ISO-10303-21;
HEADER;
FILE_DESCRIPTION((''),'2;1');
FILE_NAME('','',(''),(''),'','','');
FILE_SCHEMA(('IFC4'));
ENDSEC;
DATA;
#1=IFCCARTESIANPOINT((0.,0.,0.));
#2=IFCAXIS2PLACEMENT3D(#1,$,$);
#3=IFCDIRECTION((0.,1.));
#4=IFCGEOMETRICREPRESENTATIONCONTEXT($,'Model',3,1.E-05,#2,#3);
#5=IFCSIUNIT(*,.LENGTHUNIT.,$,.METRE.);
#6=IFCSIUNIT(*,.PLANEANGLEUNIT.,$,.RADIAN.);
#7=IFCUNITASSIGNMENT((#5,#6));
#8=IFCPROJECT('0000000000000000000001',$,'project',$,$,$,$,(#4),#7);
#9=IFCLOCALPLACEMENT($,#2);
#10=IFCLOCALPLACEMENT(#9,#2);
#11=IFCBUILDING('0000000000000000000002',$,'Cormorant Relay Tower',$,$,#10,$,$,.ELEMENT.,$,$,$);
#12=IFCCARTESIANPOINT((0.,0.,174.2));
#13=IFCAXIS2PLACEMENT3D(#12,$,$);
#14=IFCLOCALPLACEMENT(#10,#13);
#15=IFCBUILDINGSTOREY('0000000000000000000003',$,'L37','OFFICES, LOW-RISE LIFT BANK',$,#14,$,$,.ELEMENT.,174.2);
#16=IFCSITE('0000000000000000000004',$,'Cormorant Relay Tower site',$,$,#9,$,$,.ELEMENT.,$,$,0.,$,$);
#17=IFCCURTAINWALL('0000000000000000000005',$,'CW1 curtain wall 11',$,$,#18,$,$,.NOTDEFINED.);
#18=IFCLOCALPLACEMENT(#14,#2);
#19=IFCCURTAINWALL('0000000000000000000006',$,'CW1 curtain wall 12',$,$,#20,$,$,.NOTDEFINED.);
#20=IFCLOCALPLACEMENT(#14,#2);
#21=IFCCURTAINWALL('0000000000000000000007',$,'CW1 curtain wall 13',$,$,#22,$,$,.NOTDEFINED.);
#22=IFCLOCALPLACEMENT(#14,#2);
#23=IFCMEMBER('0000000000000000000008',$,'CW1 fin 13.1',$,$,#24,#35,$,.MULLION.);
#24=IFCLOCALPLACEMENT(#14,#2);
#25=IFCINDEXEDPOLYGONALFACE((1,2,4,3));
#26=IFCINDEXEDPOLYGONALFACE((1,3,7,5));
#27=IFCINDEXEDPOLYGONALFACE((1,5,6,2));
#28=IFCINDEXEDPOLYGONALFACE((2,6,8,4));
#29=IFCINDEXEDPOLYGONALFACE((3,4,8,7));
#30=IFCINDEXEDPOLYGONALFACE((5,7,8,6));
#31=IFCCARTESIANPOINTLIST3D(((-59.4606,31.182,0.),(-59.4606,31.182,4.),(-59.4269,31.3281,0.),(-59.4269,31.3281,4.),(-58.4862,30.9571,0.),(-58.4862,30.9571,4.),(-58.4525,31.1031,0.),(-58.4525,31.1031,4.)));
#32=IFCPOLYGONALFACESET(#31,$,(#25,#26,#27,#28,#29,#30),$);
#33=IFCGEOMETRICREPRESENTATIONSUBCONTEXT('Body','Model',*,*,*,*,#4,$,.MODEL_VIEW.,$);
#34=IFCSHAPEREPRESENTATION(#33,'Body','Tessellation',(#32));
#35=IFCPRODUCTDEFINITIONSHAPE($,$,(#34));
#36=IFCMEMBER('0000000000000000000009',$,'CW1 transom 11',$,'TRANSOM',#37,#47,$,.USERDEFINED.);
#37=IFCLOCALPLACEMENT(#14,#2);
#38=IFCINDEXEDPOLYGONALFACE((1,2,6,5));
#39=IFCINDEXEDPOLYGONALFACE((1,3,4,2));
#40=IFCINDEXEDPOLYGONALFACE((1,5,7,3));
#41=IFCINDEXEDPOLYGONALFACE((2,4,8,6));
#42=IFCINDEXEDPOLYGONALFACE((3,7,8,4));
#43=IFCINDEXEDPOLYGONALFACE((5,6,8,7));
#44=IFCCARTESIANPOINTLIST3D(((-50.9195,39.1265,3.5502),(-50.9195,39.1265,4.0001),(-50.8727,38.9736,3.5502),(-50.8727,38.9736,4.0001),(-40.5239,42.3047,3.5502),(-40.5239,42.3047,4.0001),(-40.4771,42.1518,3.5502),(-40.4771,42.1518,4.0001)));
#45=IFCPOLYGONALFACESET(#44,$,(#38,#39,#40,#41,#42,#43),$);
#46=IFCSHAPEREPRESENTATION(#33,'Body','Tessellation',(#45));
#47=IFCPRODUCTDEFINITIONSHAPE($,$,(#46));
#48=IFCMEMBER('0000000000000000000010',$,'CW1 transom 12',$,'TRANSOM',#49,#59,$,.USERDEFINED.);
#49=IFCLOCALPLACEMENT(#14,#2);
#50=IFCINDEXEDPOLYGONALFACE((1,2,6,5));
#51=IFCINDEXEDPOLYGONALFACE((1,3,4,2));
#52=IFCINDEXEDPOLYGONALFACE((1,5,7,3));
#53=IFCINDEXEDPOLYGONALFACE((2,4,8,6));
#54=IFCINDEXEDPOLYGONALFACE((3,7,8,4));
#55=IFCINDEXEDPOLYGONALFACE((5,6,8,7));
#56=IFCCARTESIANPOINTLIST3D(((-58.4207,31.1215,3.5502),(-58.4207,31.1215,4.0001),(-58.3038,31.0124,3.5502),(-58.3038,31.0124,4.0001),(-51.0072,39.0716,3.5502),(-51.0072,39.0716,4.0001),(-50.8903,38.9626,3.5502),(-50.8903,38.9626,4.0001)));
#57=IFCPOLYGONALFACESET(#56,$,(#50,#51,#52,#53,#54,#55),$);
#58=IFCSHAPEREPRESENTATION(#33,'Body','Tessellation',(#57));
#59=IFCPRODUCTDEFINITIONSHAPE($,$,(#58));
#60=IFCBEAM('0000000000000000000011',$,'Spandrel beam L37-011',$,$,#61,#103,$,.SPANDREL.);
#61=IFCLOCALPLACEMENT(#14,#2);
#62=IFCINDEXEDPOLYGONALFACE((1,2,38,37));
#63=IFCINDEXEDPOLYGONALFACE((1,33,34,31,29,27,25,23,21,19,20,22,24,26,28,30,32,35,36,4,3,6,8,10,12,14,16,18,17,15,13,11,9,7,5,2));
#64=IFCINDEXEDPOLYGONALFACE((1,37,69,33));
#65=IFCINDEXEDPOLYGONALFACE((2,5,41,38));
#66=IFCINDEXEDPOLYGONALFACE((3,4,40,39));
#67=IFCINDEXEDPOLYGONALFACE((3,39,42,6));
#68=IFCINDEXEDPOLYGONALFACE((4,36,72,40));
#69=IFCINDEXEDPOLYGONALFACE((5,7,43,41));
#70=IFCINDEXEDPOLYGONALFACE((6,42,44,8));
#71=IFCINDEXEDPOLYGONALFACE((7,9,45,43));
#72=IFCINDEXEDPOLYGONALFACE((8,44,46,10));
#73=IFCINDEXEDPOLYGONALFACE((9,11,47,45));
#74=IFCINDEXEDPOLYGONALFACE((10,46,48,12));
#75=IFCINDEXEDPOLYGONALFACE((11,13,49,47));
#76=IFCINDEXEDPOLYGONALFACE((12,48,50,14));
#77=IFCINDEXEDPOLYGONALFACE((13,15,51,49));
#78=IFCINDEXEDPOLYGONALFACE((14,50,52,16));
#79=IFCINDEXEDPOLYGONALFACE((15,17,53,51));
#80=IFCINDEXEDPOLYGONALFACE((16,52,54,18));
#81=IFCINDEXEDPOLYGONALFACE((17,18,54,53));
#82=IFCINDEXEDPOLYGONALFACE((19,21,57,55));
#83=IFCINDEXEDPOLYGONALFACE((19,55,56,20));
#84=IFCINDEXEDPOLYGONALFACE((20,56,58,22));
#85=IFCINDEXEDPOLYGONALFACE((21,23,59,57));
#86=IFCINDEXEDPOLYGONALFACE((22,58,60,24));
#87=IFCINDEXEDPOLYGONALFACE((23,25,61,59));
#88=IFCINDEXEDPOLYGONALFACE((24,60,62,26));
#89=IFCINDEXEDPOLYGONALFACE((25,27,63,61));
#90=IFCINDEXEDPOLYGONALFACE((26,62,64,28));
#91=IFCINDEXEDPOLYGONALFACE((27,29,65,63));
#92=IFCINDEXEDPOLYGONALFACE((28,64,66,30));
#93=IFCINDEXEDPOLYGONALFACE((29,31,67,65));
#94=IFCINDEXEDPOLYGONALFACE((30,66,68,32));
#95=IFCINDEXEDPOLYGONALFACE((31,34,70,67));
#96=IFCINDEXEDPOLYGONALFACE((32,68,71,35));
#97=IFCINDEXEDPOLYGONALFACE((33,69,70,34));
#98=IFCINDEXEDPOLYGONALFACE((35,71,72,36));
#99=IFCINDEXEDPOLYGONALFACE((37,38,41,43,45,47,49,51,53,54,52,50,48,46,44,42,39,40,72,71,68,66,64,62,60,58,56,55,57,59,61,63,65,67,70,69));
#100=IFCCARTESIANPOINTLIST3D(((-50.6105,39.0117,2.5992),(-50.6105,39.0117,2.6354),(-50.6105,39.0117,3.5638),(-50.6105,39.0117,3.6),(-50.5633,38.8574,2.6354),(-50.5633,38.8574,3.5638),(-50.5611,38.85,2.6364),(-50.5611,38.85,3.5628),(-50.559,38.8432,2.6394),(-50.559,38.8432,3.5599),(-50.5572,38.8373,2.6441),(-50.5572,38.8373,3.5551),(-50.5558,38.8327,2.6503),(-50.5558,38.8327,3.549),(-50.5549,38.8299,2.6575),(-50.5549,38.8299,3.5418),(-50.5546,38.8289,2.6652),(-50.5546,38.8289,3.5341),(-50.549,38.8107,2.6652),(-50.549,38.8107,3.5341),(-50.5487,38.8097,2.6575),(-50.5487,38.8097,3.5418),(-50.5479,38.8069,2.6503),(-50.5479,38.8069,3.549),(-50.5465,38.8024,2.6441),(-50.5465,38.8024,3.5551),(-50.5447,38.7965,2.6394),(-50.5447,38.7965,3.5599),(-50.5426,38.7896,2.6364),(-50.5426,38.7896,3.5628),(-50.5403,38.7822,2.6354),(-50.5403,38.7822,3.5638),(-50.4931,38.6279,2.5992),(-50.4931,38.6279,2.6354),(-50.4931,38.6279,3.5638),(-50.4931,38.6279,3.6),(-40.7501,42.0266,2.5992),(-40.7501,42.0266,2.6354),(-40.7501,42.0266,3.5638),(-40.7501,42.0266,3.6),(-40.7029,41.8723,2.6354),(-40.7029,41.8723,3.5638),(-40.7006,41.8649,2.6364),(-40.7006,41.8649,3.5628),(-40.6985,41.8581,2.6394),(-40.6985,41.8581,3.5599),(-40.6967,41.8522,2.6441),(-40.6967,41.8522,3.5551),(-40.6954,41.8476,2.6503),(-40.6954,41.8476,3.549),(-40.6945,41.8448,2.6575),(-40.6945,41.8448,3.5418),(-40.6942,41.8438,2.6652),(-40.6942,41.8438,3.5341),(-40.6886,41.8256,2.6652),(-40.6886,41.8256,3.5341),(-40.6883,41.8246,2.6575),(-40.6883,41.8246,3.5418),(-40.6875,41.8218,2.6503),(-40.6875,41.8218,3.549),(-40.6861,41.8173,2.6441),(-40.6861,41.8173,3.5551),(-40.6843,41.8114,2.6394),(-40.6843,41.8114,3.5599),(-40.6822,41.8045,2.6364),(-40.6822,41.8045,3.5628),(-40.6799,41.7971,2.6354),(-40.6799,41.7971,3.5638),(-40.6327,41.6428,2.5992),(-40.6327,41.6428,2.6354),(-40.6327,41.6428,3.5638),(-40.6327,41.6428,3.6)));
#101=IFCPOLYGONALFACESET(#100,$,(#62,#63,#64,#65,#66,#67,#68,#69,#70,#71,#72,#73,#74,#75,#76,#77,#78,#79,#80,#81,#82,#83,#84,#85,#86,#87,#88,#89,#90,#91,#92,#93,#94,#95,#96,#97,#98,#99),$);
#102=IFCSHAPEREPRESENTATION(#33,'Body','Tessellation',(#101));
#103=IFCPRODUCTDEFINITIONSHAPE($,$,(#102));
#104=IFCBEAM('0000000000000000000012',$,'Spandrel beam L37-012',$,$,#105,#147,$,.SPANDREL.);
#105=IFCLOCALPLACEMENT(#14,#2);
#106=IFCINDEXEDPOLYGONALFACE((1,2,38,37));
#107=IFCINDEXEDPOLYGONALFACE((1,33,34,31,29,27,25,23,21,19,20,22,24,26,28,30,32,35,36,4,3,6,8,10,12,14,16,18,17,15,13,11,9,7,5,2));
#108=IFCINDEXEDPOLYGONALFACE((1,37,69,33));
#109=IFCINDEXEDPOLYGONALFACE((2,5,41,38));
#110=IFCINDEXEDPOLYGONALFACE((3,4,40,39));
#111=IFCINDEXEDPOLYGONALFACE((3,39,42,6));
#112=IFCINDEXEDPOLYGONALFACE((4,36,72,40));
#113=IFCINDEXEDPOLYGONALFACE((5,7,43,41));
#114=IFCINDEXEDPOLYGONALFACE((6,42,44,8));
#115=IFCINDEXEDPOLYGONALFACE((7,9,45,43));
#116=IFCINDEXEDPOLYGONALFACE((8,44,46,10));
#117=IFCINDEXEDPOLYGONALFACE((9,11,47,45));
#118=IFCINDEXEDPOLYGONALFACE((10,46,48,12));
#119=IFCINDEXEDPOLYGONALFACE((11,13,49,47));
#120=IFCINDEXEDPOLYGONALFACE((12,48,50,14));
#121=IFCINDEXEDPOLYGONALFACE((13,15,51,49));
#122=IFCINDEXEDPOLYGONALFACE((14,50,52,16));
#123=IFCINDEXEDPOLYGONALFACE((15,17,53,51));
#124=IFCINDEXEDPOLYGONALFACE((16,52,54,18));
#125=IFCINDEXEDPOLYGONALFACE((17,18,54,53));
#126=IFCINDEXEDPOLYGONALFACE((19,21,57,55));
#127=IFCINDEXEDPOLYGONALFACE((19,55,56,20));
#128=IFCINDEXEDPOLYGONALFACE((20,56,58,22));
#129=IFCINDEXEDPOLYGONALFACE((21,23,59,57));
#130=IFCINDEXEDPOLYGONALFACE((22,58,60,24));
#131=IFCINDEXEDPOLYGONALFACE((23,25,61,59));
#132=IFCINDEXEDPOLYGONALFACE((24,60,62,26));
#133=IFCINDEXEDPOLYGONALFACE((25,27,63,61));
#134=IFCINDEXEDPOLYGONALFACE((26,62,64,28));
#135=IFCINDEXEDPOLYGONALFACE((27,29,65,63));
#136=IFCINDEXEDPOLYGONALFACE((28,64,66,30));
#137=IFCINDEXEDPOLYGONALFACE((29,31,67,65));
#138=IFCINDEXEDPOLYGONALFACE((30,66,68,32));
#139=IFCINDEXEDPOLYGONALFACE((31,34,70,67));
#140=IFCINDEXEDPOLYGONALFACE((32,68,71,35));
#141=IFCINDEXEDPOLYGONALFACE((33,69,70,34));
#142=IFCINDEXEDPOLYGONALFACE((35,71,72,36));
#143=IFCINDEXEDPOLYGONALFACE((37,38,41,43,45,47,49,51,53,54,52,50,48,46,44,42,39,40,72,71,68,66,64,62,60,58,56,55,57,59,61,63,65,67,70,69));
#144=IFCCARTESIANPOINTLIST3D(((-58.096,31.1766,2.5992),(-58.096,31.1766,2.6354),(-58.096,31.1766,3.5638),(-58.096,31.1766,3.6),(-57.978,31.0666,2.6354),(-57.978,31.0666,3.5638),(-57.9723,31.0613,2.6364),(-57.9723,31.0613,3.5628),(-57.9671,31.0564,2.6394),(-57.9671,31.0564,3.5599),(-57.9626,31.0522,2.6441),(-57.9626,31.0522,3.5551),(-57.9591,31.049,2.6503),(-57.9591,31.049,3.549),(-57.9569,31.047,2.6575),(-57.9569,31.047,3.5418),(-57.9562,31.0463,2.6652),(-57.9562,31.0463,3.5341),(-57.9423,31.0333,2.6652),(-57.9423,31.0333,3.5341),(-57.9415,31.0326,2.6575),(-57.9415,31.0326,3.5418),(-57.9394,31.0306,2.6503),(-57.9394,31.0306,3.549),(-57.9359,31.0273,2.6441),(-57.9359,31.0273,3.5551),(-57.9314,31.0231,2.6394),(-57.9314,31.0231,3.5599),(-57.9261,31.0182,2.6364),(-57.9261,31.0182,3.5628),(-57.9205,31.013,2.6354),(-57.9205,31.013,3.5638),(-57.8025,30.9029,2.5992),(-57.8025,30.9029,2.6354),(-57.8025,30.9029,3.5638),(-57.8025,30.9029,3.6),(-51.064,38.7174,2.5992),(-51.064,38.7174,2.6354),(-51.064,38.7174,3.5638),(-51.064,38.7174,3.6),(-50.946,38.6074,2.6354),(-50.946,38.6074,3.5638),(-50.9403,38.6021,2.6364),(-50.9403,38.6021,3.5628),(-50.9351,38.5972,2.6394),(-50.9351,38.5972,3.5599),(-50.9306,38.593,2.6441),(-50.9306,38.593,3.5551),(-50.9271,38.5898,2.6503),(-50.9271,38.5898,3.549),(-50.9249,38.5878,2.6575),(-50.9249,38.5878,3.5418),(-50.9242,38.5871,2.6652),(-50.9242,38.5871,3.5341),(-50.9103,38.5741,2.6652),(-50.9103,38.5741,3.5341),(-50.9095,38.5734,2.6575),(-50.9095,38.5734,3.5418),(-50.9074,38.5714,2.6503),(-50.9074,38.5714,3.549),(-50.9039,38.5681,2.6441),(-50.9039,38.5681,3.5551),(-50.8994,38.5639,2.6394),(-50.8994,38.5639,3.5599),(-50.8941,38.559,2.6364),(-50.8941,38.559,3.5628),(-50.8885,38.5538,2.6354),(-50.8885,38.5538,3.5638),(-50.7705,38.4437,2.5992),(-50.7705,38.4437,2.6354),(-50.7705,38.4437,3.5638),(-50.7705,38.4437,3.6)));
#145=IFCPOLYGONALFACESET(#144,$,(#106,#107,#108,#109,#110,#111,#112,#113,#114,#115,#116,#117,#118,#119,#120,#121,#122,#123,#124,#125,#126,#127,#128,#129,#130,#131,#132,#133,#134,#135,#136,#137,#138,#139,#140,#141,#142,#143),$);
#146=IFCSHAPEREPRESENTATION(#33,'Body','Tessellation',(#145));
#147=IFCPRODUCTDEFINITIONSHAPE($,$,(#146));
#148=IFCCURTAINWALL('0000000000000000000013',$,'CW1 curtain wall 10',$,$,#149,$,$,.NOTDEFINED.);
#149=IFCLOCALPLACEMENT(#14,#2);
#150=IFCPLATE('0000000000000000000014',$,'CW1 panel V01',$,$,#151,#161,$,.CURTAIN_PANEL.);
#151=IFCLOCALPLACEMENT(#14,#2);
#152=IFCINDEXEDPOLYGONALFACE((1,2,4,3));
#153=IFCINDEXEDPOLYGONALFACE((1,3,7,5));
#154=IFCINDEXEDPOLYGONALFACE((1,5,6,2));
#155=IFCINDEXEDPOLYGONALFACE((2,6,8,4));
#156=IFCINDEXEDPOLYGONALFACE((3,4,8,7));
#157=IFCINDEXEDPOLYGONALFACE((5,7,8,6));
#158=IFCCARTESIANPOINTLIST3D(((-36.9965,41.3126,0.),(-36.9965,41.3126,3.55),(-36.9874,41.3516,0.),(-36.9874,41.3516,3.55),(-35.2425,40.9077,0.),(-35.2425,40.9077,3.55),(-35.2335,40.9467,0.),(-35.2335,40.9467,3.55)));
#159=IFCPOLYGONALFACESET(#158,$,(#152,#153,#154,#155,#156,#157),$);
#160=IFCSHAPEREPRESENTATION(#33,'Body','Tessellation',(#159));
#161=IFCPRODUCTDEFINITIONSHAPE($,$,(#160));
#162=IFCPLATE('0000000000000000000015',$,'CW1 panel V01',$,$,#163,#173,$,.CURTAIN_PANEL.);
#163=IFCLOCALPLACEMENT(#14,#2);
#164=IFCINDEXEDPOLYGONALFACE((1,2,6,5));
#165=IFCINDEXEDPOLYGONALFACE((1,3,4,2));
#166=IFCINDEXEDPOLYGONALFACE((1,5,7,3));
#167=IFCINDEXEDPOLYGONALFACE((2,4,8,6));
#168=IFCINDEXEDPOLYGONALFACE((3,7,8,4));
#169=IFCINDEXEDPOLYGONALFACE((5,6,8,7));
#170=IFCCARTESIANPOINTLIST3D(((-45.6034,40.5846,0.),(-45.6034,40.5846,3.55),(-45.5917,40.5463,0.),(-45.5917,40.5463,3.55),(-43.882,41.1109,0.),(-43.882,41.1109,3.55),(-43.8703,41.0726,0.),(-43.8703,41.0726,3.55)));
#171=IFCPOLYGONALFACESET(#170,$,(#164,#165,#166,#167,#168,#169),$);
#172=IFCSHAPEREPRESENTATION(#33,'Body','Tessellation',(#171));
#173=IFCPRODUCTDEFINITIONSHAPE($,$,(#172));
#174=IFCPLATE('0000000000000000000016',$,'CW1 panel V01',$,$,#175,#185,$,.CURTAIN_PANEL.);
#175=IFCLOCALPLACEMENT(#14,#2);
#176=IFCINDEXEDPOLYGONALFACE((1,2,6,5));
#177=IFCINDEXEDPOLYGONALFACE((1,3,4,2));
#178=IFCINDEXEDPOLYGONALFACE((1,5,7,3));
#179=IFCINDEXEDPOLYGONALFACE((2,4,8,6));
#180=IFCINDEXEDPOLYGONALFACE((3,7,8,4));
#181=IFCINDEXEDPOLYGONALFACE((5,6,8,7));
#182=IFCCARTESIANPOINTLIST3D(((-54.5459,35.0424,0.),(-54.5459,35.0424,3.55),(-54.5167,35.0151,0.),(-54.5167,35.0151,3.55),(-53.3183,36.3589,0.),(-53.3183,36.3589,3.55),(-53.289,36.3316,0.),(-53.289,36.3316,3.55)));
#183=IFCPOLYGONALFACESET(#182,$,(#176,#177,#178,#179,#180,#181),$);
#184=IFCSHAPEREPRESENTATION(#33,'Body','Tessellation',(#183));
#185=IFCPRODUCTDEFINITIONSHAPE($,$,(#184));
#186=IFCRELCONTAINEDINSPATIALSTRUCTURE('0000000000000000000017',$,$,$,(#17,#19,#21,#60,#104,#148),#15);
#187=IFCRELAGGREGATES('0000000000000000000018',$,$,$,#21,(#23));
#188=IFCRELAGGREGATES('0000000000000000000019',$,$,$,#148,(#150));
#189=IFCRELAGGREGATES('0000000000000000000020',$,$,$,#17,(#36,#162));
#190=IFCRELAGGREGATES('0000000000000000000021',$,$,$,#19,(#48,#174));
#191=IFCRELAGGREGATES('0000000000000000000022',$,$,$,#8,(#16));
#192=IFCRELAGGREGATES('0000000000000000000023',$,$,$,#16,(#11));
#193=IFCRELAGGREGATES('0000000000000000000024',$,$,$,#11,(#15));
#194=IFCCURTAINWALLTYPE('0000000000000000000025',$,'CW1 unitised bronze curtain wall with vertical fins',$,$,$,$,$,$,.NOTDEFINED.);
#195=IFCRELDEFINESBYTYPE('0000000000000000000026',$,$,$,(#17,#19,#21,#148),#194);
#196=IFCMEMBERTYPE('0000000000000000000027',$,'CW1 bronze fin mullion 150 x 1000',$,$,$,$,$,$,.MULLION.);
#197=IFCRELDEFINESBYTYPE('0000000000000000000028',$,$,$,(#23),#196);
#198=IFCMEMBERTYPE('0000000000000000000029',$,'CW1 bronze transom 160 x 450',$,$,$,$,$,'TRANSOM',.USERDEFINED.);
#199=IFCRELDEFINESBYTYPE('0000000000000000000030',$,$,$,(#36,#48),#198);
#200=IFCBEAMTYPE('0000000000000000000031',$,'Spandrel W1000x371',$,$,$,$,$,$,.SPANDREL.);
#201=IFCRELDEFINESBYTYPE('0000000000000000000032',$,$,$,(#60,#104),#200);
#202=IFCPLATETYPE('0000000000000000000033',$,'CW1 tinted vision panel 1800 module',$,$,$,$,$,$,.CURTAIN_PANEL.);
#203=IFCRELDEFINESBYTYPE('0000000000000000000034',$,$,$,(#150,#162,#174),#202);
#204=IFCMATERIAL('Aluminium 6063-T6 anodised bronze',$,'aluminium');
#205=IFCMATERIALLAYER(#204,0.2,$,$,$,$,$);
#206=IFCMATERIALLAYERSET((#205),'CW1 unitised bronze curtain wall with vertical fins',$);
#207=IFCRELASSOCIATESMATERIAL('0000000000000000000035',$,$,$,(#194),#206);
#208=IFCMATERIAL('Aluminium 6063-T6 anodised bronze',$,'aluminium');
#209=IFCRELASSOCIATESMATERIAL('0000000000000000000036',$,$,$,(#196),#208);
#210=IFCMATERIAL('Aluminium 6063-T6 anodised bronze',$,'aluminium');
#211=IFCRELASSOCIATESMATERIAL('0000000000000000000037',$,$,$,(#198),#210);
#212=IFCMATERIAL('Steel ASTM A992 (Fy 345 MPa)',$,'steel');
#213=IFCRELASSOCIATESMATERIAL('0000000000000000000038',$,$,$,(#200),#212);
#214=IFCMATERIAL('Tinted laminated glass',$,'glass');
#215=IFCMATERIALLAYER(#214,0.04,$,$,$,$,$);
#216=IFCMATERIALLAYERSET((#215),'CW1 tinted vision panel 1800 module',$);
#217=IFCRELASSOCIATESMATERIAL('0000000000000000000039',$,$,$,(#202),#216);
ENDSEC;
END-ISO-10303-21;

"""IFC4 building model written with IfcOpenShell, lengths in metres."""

from ifc_helpers import new_model, si_unit, direction, frame, origin, origin_2d, place, context, subcontext, project, spatial, rectangle, i_section, extrude, material, layer, layer_set, material_profile, profile_set, type_object, element, aggregate, save


model = new_model("IFC4")

# Units and contexts
model_context = context("Model", 3, precision=1e-05, world=origin(), true_north=direction((0.0, 1.0)))
body_context = subcontext(model_context, "Body", "Model", "MODEL_VIEW")
ifc_project = project(units=[si_unit("LENGTHUNIT", "METRE"), si_unit("PLANEANGLEUNIT", "RADIAN")], contexts=[model_context])

# Site, building, storey
site_placement = place(None, origin())
site = spatial("IfcSite", under=ifc_project, at=site_placement, Name="Cormorant Relay Tower site", CompositionType="ELEMENT", RefElevation=0.0)
building_placement = place(site_placement, origin())
building = spatial("IfcBuilding", under=site, at=building_placement, Name="Cormorant Relay Tower", CompositionType="ELEMENT")
storey_placement = place(building_placement, frame((0.0, 0.0, 174.2)))
storey = spatial("IfcBuildingStorey", under=building, at=storey_placement, Name="L37", Description="OFFICES, LOW-RISE LIFT BANK", CompositionType="ELEMENT", Elevation=174.2)

# Curtain walls
ifc_material_1 = material(Name="Aluminium 6063-T6 anodised bronze", Category="aluminium")
ifc_layer_1 = layer(ifc_material_1, 0.2)
ifc_layer_set_1 = layer_set([ifc_layer_1], Name="CW1 unitised bronze curtain wall with vertical fins")
curtain_wall_type = type_object("IfcCurtainWallType", Name="CW1 unitised bronze curtain wall with vertical fins", PredefinedType="NOTDEFINED", material=ifc_layer_set_1)
curtain_wall_1_placement = place(storey_placement, origin())
curtain_wall_1 = element("IfcCurtainWall", 1, at=curtain_wall_1_placement, inside=storey, type_object=curtain_wall_type, Name="CW1 curtain wall 11", PredefinedType="NOTDEFINED")
ifc_material_2 = material(Name="Aluminium 6063-T6 anodised bronze", Category="aluminium")
ifc_material_profile_1 = material_profile(ifc_material_2, rectangle(XDim=0.1499, YDim=1.0, at=origin_2d()), Name="AL 150x1000")
ifc_profile_set_1 = profile_set([ifc_material_profile_1], Name="Aluminium 6063-T6 anodised bronze")
member_type_1 = type_object("IfcMemberType", Name="CW1 bronze fin mullion 150 x 1000", PredefinedType="MULLION", material=ifc_profile_set_1)
curtain_wall_2_placement = place(storey_placement, origin())
curtain_wall_2 = element("IfcCurtainWall", 2, at=curtain_wall_2_placement, inside=storey, type_object=curtain_wall_type, Name="CW1 curtain wall 12", PredefinedType="NOTDEFINED")

# Curtain wall, member
curtain_wall_3_placement = place(storey_placement, origin())
curtain_wall_3 = element("IfcCurtainWall", 3, at=curtain_wall_3_placement, inside=storey, type_object=curtain_wall_type, Name="CW1 curtain wall 13", PredefinedType="NOTDEFINED")
member_1_placement = place(storey_placement, frame((-58.9565, 31.1426, 0.0), z_axis=(0.0, 0.0, 1.0), x_axis=(-0.224951, -0.97437, 0.0)))
member_1 = element("IfcMember", 4, at=member_1_placement, type_object=member_type_1, Name="CW1 fin 13.1", PredefinedType="MULLION", context=body_context, shape_type="SweptSolid", body=[
    extrude(rectangle(XDim=0.1499, YDim=1.0, at=origin_2d()), origin(), (0.0, 0.0, 1.0), 4.0),
])
aggregate(curtain_wall_3, [member_1])

# Members
ifc_material_3 = material(Name="Aluminium 6063-T6 anodised bronze", Category="aluminium")
ifc_material_profile_2 = material_profile(ifc_material_3, rectangle(XDim=0.1599, YDim=0.45, at=origin_2d()), Name="AL 160x450")
ifc_profile_set_2 = profile_set([ifc_material_profile_2], Name="Aluminium 6063-T6 anodised bronze")
member_type_2 = type_object("IfcMemberType", Name="CW1 bronze transom 160 x 450", ElementType="TRANSOM", PredefinedType="USERDEFINED", material=ifc_profile_set_2)
member_2_placement = place(storey_placement, frame((-40.5005, 42.2283, 3.7751), z_axis=(-0.956305, -0.292371, 0.0), x_axis=(0.292371, -0.956305, 0.0)))
member_2 = element("IfcMember", 5, at=member_2_placement, type_object=member_type_2, Name="CW1 transom 11", ObjectType="TRANSOM", PredefinedType="USERDEFINED", context=body_context, shape_type="SweptSolid", body=[
    extrude(rectangle(XDim=0.1599, YDim=0.45, at=origin_2d()), origin(), (0.0, 0.0, 1.0), 10.8706),
])
member_3_placement = place(storey_placement, frame((-50.9487, 39.0171, 3.7751), z_axis=(-0.681993, -0.731358, 0.0), x_axis=(0.731358, -0.681993, 0.0)))
member_3 = element("IfcMember", 6, at=member_3_placement, type_object=member_type_2, Name="CW1 transom 12", ObjectType="TRANSOM", PredefinedType="USERDEFINED", context=body_context, shape_type="SweptSolid", body=[
    extrude(rectangle(XDim=0.1599, YDim=0.45, at=origin_2d()), origin(), (0.0, 0.0, 1.0), 10.8704),
])

# Beams
ifc_material_4 = material(Name="Steel ASTM A992 (Fy 345 MPa)", Category="steel")
ifc_material_profile_3 = material_profile(ifc_material_4, i_section(OverallWidth=0.4014, OverallDepth=1.0007, WebThickness=0.019, FlangeThickness=0.0361, FilletRadius=0.0298, at=origin_2d()), Name="W1000x371")
ifc_profile_set_3 = profile_set([ifc_material_profile_3], Name="Steel ASTM A992 (Fy 345 MPa)")
beam_type = type_object("IfcBeamType", Name="Spandrel W1000x371", PredefinedType="SPANDREL", material=ifc_profile_set_3)
beam_1_placement = place(storey_placement, frame((-40.6914, 41.8347, 3.0996), z_axis=(-0.956297, -0.292397, 0.0), x_axis=(0.292397, -0.956297, 0.0)))
element("IfcBeam", 7, at=beam_1_placement, inside=storey, type_object=beam_type, Name="Spandrel beam L37-011", PredefinedType="SPANDREL", context=body_context, shape_type="SweptSolid", body=[
    extrude(i_section(OverallWidth=0.4014, OverallDepth=1.0007, WebThickness=0.019, FlangeThickness=0.0361, FilletRadius=0.0298, at=origin_2d()), origin(), (0.0, 0.0, 1.0), 10.311),
])
beam_2_placement = place(storey_placement, frame((-50.9172, 38.5806, 3.0996), z_axis=(-0.682004, -0.731349, 0.0), x_axis=(0.731349, -0.682004, 0.0)))
element("IfcBeam", 8, at=beam_2_placement, inside=storey, type_object=beam_type, Name="Spandrel beam L37-012", PredefinedType="SPANDREL", context=body_context, shape_type="SweptSolid", body=[
    extrude(i_section(OverallWidth=0.4014, OverallDepth=1.0007, WebThickness=0.019, FlangeThickness=0.0361, FilletRadius=0.0298, at=origin_2d()), origin(), (0.0, 0.0, 1.0), 10.3108),
])

# Curtain wall, plate
curtain_wall_4_placement = place(storey_placement, origin())
curtain_wall_4 = element("IfcCurtainWall", 9, at=curtain_wall_4_placement, inside=storey, type_object=curtain_wall_type, Name="CW1 curtain wall 10", PredefinedType="NOTDEFINED")
ifc_material_5 = material(Name="Tinted laminated glass", Category="glass")
ifc_layer_2 = layer(ifc_material_5, 0.04)
ifc_layer_set_2 = layer_set([ifc_layer_2], Name="CW1 tinted vision panel 1800 module")
plate_type_1 = type_object("IfcPlateType", Name="CW1 tinted vision panel 1800 module", PredefinedType="CURTAIN_PANEL", material=ifc_layer_set_2)
plate_1_placement = place(storey_placement, frame((-36.115, 41.1296, 0.0), z_axis=(0.0, 0.0, 1.0), x_axis=(-0.97437, 0.224951, 0.0)))
plate_1 = element("IfcPlate", 10, at=plate_1_placement, type_object=plate_type_1, Name="CW1 panel V01", PredefinedType="CURTAIN_PANEL", context=body_context, shape_type="SweptSolid", body=[
    extrude(rectangle(XDim=1.8, YDim=0.04, at=origin_2d()), origin(), (0.0, 0.0, 1.0), 3.55),
])

# Plates
plate_2_placement = place(storey_placement, frame((-44.7368, 40.8286, 0.0), z_axis=(0.0, 0.0, 1.0), x_axis=(-0.956305, -0.292372, 0.0)))
plate_2 = element("IfcPlate", 11, at=plate_2_placement, type_object=plate_type_1, Name="CW1 panel V01", PredefinedType="CURTAIN_PANEL", context=body_context, shape_type="SweptSolid", body=[
    extrude(rectangle(XDim=1.8, YDim=0.04, at=origin_2d()), origin(), (0.0, 0.0, 1.0), 3.55),
])
plate_3_placement = place(storey_placement, frame((-53.9175, 35.687, 0.0), z_axis=(0.0, 0.0, 1.0), x_axis=(-0.681998, -0.731354, 0.0)))
plate_3 = element("IfcPlate", 12, at=plate_3_placement, type_object=plate_type_1, Name="CW1 panel V01", PredefinedType="CURTAIN_PANEL", context=body_context, shape_type="SweptSolid", body=[
    extrude(rectangle(XDim=1.8, YDim=0.04, at=origin_2d()), origin(), (0.0, 0.0, 1.0), 3.55),
])

aggregate(curtain_wall_4, [plate_1])
aggregate(curtain_wall_1, [member_2, plate_2])
aggregate(curtain_wall_2, [member_3, plate_3])

save(model, "model.ifc")
